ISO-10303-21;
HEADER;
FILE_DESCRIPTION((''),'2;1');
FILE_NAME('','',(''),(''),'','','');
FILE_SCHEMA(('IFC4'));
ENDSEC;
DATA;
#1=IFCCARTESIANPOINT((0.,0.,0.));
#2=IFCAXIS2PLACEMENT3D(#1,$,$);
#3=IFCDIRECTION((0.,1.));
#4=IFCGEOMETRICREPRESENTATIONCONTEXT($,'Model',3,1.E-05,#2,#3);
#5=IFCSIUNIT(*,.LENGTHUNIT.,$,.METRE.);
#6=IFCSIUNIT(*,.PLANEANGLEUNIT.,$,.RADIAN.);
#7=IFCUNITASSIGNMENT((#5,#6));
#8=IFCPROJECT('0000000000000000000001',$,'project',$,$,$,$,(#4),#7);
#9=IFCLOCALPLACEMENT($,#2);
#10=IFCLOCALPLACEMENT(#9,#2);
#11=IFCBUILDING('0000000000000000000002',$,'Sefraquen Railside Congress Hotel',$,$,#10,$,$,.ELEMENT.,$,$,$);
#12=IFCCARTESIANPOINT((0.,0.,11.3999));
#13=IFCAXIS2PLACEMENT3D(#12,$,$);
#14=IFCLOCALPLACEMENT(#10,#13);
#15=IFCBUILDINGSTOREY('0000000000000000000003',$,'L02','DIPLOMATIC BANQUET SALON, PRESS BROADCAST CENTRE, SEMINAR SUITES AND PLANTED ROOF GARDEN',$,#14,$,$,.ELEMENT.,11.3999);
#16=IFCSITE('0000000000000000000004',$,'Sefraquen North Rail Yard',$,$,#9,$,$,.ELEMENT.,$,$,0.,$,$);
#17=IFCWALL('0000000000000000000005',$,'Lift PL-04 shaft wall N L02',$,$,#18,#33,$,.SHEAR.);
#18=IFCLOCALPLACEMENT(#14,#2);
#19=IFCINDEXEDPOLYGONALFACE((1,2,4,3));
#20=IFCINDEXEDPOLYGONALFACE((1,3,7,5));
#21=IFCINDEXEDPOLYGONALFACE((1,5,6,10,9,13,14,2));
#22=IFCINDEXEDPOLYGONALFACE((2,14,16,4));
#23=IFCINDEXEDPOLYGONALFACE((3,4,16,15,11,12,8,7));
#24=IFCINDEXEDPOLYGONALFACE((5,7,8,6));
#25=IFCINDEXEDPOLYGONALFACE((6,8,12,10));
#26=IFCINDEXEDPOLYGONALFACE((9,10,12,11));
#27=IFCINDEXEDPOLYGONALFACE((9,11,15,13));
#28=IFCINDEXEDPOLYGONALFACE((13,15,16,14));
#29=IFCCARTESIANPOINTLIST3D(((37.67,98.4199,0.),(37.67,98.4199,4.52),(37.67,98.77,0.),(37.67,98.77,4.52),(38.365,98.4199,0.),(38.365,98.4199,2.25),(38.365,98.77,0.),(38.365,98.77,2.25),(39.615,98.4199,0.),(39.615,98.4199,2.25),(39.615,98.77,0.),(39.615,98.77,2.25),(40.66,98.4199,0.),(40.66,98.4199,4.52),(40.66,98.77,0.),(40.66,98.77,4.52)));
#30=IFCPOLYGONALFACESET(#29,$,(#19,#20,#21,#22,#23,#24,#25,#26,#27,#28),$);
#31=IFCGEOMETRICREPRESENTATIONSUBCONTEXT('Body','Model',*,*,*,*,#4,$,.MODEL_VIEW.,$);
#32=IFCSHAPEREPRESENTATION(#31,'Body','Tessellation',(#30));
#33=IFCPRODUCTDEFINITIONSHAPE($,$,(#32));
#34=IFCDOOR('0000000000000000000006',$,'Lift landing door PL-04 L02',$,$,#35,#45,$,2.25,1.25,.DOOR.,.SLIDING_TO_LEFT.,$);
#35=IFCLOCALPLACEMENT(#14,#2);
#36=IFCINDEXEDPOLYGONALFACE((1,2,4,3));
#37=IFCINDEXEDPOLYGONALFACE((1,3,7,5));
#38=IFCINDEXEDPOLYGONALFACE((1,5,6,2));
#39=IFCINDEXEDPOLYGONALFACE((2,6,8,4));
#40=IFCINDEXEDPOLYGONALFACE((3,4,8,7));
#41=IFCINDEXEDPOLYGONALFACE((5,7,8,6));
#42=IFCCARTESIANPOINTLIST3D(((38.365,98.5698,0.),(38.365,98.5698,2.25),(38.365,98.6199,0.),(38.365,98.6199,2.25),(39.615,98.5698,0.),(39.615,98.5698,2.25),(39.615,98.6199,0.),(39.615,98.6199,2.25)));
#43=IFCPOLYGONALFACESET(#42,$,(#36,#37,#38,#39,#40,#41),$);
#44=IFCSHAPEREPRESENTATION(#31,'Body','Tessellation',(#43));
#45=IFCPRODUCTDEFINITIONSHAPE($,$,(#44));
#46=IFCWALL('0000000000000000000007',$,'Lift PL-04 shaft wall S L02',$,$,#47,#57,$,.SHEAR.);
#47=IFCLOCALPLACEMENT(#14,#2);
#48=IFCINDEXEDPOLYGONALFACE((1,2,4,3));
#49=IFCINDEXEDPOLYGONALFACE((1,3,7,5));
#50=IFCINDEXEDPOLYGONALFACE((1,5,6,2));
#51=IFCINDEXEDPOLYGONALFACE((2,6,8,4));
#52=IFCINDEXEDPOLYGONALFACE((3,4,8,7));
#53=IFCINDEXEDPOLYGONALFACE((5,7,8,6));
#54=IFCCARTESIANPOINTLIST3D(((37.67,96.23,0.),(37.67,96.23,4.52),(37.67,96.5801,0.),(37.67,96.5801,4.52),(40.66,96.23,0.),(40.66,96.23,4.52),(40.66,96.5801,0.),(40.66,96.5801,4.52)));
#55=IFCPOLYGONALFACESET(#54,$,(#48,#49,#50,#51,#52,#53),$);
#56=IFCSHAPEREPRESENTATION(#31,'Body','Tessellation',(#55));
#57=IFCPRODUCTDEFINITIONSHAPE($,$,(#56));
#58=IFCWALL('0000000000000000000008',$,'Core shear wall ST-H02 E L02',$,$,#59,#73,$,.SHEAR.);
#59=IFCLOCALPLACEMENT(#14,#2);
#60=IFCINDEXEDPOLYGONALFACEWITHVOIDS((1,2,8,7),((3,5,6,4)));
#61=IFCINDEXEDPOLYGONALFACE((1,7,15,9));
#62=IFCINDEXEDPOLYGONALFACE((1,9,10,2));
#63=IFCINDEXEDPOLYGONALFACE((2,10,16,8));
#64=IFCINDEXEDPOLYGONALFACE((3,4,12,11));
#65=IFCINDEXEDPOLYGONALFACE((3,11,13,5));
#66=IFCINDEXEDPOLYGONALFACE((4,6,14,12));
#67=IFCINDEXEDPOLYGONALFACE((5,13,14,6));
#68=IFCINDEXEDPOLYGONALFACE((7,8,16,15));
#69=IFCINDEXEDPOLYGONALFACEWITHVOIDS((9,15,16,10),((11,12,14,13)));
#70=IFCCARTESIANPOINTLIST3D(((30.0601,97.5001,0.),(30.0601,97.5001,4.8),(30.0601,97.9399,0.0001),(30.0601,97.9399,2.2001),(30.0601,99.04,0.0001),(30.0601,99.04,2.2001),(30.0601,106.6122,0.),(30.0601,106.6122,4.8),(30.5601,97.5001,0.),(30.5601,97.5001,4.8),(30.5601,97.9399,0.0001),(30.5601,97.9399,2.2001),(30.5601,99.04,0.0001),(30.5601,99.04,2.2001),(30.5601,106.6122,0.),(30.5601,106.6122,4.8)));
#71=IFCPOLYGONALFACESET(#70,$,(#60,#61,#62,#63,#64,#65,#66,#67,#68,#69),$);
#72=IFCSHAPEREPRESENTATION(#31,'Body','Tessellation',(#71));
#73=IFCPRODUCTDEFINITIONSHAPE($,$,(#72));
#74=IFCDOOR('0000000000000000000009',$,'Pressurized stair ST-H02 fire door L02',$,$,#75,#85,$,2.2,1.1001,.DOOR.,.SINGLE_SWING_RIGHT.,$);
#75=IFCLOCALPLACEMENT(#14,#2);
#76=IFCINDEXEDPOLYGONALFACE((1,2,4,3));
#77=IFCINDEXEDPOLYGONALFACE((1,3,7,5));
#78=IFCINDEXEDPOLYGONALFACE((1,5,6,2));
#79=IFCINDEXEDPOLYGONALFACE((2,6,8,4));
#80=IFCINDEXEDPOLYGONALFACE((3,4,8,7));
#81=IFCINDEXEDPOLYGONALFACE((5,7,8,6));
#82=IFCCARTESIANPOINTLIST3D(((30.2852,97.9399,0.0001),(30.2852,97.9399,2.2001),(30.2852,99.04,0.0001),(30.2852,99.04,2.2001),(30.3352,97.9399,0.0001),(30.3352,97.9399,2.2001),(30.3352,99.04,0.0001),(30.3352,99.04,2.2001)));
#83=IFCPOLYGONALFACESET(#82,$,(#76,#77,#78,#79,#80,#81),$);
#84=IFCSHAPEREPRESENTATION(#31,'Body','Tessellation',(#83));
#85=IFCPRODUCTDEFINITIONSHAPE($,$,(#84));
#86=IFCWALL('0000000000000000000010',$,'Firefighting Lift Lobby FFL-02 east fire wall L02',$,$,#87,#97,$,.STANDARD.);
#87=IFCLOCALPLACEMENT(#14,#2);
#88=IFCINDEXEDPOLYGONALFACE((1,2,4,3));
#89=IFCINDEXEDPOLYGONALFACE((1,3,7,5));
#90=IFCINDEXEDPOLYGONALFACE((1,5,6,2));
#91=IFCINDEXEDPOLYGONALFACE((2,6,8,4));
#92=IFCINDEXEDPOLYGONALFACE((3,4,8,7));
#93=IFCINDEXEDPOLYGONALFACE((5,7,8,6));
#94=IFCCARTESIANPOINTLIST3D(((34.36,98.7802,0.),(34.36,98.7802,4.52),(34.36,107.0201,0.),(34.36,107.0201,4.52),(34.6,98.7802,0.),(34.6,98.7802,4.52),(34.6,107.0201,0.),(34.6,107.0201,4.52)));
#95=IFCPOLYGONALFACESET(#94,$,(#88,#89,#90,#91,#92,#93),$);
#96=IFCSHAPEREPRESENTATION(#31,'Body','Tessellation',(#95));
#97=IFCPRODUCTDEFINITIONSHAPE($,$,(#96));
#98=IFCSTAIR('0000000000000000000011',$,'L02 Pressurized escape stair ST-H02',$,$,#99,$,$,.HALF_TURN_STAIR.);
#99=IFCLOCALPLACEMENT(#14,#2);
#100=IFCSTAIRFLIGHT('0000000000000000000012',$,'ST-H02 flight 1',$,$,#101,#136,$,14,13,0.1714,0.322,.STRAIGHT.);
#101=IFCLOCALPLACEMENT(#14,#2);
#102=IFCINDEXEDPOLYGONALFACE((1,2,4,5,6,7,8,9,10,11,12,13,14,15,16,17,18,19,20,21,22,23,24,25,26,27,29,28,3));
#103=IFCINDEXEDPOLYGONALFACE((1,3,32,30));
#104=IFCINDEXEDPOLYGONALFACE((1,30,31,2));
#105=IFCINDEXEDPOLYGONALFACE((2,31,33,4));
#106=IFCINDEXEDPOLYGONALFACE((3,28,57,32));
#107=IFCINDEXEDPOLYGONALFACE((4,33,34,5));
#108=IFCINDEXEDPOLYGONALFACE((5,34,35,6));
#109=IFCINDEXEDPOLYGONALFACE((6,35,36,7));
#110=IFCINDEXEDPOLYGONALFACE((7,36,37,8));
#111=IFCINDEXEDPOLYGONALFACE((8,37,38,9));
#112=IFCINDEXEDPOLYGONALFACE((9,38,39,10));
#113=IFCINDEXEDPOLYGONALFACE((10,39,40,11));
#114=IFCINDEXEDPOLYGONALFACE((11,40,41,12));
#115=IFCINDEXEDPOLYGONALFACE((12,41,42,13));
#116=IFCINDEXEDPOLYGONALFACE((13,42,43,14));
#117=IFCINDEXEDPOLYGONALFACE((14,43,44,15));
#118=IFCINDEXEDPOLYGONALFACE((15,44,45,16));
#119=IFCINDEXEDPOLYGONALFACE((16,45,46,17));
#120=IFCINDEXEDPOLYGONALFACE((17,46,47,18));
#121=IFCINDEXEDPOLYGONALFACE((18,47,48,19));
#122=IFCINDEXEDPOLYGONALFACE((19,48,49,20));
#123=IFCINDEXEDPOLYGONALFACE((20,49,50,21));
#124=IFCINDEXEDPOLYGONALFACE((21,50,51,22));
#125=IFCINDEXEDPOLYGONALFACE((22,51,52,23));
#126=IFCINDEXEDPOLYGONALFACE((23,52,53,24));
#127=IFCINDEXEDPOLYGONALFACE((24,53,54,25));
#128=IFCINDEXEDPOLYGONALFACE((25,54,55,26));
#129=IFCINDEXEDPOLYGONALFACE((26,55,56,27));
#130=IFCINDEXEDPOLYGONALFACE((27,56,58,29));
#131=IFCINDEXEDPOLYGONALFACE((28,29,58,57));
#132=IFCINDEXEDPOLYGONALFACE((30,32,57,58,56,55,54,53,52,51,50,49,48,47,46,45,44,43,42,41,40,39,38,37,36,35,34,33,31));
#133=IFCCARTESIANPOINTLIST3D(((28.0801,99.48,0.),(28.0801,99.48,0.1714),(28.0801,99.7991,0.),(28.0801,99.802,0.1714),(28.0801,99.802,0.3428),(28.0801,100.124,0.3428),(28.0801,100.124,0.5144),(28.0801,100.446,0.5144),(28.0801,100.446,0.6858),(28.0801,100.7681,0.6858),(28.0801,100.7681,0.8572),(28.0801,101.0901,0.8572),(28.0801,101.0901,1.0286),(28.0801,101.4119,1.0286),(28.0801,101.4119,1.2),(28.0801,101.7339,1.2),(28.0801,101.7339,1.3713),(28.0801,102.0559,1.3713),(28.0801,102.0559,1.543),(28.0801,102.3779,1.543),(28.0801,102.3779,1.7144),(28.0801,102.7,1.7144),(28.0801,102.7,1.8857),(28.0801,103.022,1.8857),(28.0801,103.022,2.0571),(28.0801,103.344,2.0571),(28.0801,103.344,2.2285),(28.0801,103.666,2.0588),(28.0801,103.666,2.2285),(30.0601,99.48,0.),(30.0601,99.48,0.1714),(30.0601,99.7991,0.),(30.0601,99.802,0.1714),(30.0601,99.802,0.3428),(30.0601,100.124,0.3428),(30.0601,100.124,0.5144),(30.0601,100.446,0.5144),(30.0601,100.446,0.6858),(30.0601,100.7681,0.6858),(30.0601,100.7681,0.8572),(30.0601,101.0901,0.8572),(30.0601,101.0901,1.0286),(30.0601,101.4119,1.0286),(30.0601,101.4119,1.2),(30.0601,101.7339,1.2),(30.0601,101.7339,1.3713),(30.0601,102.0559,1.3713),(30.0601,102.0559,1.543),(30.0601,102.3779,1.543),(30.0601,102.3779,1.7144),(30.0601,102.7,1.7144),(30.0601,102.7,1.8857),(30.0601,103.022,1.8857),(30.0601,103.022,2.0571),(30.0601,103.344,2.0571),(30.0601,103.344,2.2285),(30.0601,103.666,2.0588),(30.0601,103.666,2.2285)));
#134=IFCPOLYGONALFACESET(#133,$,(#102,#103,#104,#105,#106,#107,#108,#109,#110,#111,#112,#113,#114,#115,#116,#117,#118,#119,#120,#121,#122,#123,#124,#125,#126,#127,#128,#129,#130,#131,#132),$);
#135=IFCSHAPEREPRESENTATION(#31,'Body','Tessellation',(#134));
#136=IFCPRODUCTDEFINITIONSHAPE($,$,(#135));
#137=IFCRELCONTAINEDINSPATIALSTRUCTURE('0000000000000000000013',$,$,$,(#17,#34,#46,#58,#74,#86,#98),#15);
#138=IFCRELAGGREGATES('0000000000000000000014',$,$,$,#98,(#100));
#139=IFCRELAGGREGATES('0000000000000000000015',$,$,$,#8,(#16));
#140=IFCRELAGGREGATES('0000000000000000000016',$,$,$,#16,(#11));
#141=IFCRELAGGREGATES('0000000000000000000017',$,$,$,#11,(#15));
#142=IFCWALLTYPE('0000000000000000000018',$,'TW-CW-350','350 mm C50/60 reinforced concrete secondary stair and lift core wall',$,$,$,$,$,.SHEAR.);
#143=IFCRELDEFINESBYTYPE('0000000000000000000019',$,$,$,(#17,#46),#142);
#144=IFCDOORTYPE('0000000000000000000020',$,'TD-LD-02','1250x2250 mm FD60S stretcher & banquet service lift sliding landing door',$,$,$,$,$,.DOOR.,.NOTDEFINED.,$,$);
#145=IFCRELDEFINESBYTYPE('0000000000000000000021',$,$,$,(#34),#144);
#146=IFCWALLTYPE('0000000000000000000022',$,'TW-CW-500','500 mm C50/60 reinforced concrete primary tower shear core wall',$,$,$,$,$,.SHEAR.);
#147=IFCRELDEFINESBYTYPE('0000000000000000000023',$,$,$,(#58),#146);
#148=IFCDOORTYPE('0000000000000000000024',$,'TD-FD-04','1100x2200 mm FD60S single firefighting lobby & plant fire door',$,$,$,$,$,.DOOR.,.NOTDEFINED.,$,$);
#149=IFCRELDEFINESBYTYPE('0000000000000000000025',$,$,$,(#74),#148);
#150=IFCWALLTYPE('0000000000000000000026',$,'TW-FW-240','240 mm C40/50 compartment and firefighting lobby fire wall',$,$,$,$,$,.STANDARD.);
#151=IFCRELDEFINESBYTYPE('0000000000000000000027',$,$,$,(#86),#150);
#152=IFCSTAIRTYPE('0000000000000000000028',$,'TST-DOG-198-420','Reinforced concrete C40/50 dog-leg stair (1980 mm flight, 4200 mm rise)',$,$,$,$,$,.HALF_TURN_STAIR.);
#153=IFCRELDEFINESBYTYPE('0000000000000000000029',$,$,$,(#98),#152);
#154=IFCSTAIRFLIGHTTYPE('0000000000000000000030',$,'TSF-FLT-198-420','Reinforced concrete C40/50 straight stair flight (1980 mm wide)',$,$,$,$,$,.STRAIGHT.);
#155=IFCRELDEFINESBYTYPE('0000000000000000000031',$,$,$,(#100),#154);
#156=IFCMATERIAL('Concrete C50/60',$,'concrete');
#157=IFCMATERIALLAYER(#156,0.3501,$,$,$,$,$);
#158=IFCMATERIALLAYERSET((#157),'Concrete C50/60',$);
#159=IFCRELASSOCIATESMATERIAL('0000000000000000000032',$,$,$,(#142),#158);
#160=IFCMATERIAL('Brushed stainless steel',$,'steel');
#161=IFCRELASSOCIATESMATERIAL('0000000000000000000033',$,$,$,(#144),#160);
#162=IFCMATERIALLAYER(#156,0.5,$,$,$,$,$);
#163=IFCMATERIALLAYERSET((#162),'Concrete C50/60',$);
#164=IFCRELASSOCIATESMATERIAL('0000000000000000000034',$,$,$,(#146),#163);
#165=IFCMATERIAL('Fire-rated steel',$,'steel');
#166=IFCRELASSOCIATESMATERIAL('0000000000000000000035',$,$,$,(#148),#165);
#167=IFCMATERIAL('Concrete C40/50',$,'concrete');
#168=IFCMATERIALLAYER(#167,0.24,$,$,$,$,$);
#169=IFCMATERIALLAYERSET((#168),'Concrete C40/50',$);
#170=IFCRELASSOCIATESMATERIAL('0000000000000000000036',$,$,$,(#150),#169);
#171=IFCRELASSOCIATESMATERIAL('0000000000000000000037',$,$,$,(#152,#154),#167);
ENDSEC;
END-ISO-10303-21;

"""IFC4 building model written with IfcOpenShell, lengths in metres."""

from ifc_helpers import new_model, si_unit, direction, frame, frame_2d, origin, place, context, subcontext, project, spatial, polyline, rectangle, outline, extrude, material, layer, layer_set, type_object, element, fill, aggregate, save


model = new_model("IFC4")

# Units and contexts
model_context = context("Model", 3, precision=1e-05, world=origin(), true_north=direction((0.0, 1.0)))
body_context = subcontext(model_context, "Body", "Model", "MODEL_VIEW")
ifc_project = project(units=[si_unit("LENGTHUNIT", "METRE"), si_unit("PLANEANGLEUNIT", "RADIAN")], contexts=[model_context])

# Site, building, storey
site_placement = place(None, origin())
site = spatial("IfcSite", under=ifc_project, at=site_placement, Name="Sefraquen North Rail Yard", CompositionType="ELEMENT", RefElevation=0.0)
building_placement = place(site_placement, origin())
building = spatial("IfcBuilding", under=site, at=building_placement, Name="Sefraquen Railside Congress Hotel", CompositionType="ELEMENT")
storey_placement = place(building_placement, frame((0.0, 0.0, 11.3999)))
storey = spatial("IfcBuildingStorey", under=building, at=storey_placement, Name="L02", Description="DIPLOMATIC BANQUET SALON, PRESS BROADCAST CENTRE, SEMINAR SUITES AND PLANTED ROOF GARDEN", CompositionType="ELEMENT", Elevation=11.3999)

# Shared definitions
ifc_material_1 = material(Name="Concrete C50/60", Category="concrete")
ifc_layer_1 = layer(ifc_material_1, 0.3501)
ifc_layer_set_1 = layer_set([ifc_layer_1], Name="Concrete C50/60")
wall_type_1 = type_object("IfcWallType", Name="TW-CW-350", Description="350 mm C50/60 reinforced concrete secondary stair and lift core wall", PredefinedType="SHEAR", material=ifc_layer_set_1)

# Shared definitions
ifc_material_2 = material(Name="Brushed stainless steel", Category="steel")
door_type_1 = type_object("IfcDoorType", Name="TD-LD-02", Description="1250x2250 mm FD60S stretcher & banquet service lift sliding landing door", OperationType="NOTDEFINED", PredefinedType="DOOR", material=ifc_material_2)

# Wall, opening, door
wall_1_placement = place(storey_placement, frame((37.6699, 98.595, 0.0), z_axis=(0.0, 0.0, 1.0), x_axis=(1.0, 0.0, 0.0)))
wall_1 = element("IfcWall", 1, at=wall_1_placement, inside=storey, type_object=wall_type_1, Name="Lift PL-04 shaft wall N L02", PredefinedType="SHEAR", context=body_context, shape_type="SweptSolid", body=[
    extrude(rectangle(XDim=2.99, YDim=0.3501, at=frame_2d((1.4951, 0.0))), origin(), (0.0, 0.0, 1.0), 4.52),
])
opening_1_placement = place(wall_1_placement, frame((0.6951, 0.0, 0.0)))
opening_1 = element("IfcOpeningElement", 2, at=opening_1_placement, cuts=wall_1, PredefinedType="OPENING", context=body_context, shape_type="SweptSolid", body=[
    extrude(rectangle(XDim=1.25, YDim=2.25, at=frame_2d((0.625, 1.125))), frame((0.0, 0.1851, 0.0), z_axis=(0.0, -1.0, 0.0), x_axis=(1.0, 0.0, 0.0)), (0.0, 0.0, 1.0), 0.3701),
])
door_1_placement = place(opening_1_placement, origin())
door_1 = element("IfcDoor", 3, at=door_1_placement, inside=storey, type_object=door_type_1, Name="Lift landing door PL-04 L02", OperationType="SLIDING_TO_LEFT", OverallHeight=2.25, OverallWidth=1.25, PredefinedType="DOOR", context=body_context, shape_type="SweptSolid", body=[
    extrude(rectangle(XDim=1.25, YDim=2.25, at=frame_2d((0.625, 1.125))), frame((0.0, 0.0249, 0.0), z_axis=(0.0, -1.0, 0.0), x_axis=(1.0, 0.0, 0.0)), (0.0, 0.0, 1.0), 0.05),
])
fill(opening_1, door_1)

# Wall
wall_2_placement = place(storey_placement, frame((37.6699, 96.405, 0.0), z_axis=(0.0, 0.0, 1.0), x_axis=(1.0, 0.0, 0.0)))
element("IfcWall", 4, at=wall_2_placement, inside=storey, type_object=wall_type_1, Name="Lift PL-04 shaft wall S L02", PredefinedType="SHEAR", context=body_context, shape_type="SweptSolid", body=[
    extrude(rectangle(XDim=2.99, YDim=0.3501, at=frame_2d((1.4951, 0.0))), origin(), (0.0, 0.0, 1.0), 4.52),
])

# Wall, opening, door
ifc_layer_2 = layer(ifc_material_1, 0.5)
ifc_layer_set_2 = layer_set([ifc_layer_2], Name="Concrete C50/60")
wall_type_2 = type_object("IfcWallType", Name="TW-CW-500", Description="500 mm C50/60 reinforced concrete primary tower shear core wall", PredefinedType="SHEAR", material=ifc_layer_set_2)
wall_3_placement = place(storey_placement, frame((30.3101, 97.5, 0.0), z_axis=(0.0, 0.0, 1.0), x_axis=(0.0, 1.0, 0.0)))
wall_3 = element("IfcWall", 5, at=wall_3_placement, inside=storey, type_object=wall_type_2, Name="Core shear wall ST-H02 E L02", PredefinedType="SHEAR", context=body_context, shape_type="SweptSolid", body=[
    extrude(rectangle(XDim=9.1121, YDim=0.5, at=frame_2d((4.5562, 0.0))), origin(), (0.0, 0.0, 1.0), 4.8),
])
opening_2_placement = place(wall_3_placement, frame((0.4399, 0.0, 0.0)))
opening_2 = element("IfcOpeningElement", 6, at=opening_2_placement, cuts=wall_3, PredefinedType="OPENING", context=body_context, shape_type="SweptSolid", body=[
    extrude(rectangle(XDim=1.1001, YDim=2.2, at=frame_2d((0.55, 1.1001))), frame((0.0, 0.26, 0.0), z_axis=(0.0, -1.0, 0.0), x_axis=(1.0, 0.0, 0.0)), (0.0, 0.0, 1.0), 0.52),
])
ifc_material_3 = material(Name="Fire-rated steel", Category="steel")
door_type_2 = type_object("IfcDoorType", Name="TD-FD-04", Description="1100x2200 mm FD60S single firefighting lobby & plant fire door", OperationType="NOTDEFINED", PredefinedType="DOOR", material=ifc_material_3)
door_2_placement = place(opening_2_placement, origin())
door_2 = element("IfcDoor", 7, at=door_2_placement, inside=storey, type_object=door_type_2, Name="Pressurized stair ST-H02 fire door L02", OperationType="SINGLE_SWING_RIGHT", OverallHeight=2.2, OverallWidth=1.1001, PredefinedType="DOOR", context=body_context, shape_type="SweptSolid", body=[
    extrude(rectangle(XDim=1.1001, YDim=2.2, at=frame_2d((0.55, 1.1001))), frame((0.0, 0.0249, 0.0), z_axis=(0.0, -1.0, 0.0), x_axis=(1.0, 0.0, 0.0)), (0.0, 0.0, 1.0), 0.05),
])
fill(opening_2, door_2)

# Wall
ifc_material_4 = material(Name="Concrete C40/50", Category="concrete")
ifc_layer_3 = layer(ifc_material_4, 0.24)
ifc_layer_set_3 = layer_set([ifc_layer_3], Name="Concrete C40/50")
wall_type_3 = type_object("IfcWallType", Name="TW-FW-240", Description="240 mm C40/50 compartment and firefighting lobby fire wall", PredefinedType="STANDARD", material=ifc_layer_set_3)
wall_4_placement = place(storey_placement, frame((34.48, 98.78, 0.0), z_axis=(0.0, 0.0, 1.0), x_axis=(0.0, 1.0, 0.0)))
element("IfcWall", 8, at=wall_4_placement, inside=storey, type_object=wall_type_3, Name="Firefighting Lift Lobby FFL-02 east fire wall L02", PredefinedType="STANDARD", context=body_context, shape_type="SweptSolid", body=[
    extrude(rectangle(XDim=8.24, YDim=0.24, at=frame_2d((4.1201, 0.0))), origin(), (0.0, 0.0, 1.0), 4.52),
])

# Stair, stair flight
stair_type = type_object("IfcStairType", Name="TST-DOG-198-420", Description="Reinforced concrete C40/50 dog-leg stair (1980 mm flight, 4200 mm rise)", PredefinedType="HALF_TURN_STAIR", material=ifc_material_4)
stair_placement = place(storey_placement, origin())
stair = element("IfcStair", 9, at=stair_placement, inside=storey, type_object=stair_type, Name="L02 Pressurized escape stair ST-H02", PredefinedType="HALF_TURN_STAIR")
stair_flight_type = type_object("IfcStairFlightType", Name="TSF-FLT-198-420", Description="Reinforced concrete C40/50 straight stair flight (1980 mm wide)", PredefinedType="STRAIGHT", material=ifc_material_4)
stair_flight_placement = place(storey_placement, frame((29.0701, 99.48, 0.0), z_axis=(0.0, 0.0, 1.0), x_axis=(0.0, 1.0, 0.0)))
stair_flight = element("IfcStairFlight", 10, at=stair_flight_placement, type_object=stair_flight_type, Name="ST-H02 flight 1", NumberOfRisers=14, NumberOfTreads=13, PredefinedType="STRAIGHT", RiserHeight=0.1714, TreadLength=0.322, context=body_context, shape_type="SweptSolid", body=[
    extrude(outline(polyline([(0.0, 0.0), (0.0, 0.1714), (0.322, 0.1714), (0.322, 0.3428), (0.644, 0.3428), (0.644, 0.5144), (0.9661, 0.5144), (0.9661, 0.6858), (1.2881, 0.6858), (1.2881, 0.8572), (1.6101, 0.8572), (1.6101, 1.0286), (1.9319, 1.0286), (1.9319, 1.2), (2.2539, 1.2), (2.2539, 1.3713), (2.5759, 1.3713), (2.5759, 1.543), (2.8979, 1.543), (2.8979, 1.7144), (3.22, 1.7144), (3.22, 1.8857), (3.542, 1.8857), (3.542, 2.0571), (3.864, 2.0571), (3.864, 2.2285), (4.186, 2.2285), (4.186, 2.3999), (4.186, 2.0588), (0.3191, 0.0), (0.0, 0.0)])), frame((0.0, 0.99, 0.0), z_axis=(0.0, -1.0, 0.0), x_axis=(1.0, 0.0, 0.0)), (0.0, 0.0, 1.0), 1.98),
])
aggregate(stair, [stair_flight])

save(model, "model.ifc")
